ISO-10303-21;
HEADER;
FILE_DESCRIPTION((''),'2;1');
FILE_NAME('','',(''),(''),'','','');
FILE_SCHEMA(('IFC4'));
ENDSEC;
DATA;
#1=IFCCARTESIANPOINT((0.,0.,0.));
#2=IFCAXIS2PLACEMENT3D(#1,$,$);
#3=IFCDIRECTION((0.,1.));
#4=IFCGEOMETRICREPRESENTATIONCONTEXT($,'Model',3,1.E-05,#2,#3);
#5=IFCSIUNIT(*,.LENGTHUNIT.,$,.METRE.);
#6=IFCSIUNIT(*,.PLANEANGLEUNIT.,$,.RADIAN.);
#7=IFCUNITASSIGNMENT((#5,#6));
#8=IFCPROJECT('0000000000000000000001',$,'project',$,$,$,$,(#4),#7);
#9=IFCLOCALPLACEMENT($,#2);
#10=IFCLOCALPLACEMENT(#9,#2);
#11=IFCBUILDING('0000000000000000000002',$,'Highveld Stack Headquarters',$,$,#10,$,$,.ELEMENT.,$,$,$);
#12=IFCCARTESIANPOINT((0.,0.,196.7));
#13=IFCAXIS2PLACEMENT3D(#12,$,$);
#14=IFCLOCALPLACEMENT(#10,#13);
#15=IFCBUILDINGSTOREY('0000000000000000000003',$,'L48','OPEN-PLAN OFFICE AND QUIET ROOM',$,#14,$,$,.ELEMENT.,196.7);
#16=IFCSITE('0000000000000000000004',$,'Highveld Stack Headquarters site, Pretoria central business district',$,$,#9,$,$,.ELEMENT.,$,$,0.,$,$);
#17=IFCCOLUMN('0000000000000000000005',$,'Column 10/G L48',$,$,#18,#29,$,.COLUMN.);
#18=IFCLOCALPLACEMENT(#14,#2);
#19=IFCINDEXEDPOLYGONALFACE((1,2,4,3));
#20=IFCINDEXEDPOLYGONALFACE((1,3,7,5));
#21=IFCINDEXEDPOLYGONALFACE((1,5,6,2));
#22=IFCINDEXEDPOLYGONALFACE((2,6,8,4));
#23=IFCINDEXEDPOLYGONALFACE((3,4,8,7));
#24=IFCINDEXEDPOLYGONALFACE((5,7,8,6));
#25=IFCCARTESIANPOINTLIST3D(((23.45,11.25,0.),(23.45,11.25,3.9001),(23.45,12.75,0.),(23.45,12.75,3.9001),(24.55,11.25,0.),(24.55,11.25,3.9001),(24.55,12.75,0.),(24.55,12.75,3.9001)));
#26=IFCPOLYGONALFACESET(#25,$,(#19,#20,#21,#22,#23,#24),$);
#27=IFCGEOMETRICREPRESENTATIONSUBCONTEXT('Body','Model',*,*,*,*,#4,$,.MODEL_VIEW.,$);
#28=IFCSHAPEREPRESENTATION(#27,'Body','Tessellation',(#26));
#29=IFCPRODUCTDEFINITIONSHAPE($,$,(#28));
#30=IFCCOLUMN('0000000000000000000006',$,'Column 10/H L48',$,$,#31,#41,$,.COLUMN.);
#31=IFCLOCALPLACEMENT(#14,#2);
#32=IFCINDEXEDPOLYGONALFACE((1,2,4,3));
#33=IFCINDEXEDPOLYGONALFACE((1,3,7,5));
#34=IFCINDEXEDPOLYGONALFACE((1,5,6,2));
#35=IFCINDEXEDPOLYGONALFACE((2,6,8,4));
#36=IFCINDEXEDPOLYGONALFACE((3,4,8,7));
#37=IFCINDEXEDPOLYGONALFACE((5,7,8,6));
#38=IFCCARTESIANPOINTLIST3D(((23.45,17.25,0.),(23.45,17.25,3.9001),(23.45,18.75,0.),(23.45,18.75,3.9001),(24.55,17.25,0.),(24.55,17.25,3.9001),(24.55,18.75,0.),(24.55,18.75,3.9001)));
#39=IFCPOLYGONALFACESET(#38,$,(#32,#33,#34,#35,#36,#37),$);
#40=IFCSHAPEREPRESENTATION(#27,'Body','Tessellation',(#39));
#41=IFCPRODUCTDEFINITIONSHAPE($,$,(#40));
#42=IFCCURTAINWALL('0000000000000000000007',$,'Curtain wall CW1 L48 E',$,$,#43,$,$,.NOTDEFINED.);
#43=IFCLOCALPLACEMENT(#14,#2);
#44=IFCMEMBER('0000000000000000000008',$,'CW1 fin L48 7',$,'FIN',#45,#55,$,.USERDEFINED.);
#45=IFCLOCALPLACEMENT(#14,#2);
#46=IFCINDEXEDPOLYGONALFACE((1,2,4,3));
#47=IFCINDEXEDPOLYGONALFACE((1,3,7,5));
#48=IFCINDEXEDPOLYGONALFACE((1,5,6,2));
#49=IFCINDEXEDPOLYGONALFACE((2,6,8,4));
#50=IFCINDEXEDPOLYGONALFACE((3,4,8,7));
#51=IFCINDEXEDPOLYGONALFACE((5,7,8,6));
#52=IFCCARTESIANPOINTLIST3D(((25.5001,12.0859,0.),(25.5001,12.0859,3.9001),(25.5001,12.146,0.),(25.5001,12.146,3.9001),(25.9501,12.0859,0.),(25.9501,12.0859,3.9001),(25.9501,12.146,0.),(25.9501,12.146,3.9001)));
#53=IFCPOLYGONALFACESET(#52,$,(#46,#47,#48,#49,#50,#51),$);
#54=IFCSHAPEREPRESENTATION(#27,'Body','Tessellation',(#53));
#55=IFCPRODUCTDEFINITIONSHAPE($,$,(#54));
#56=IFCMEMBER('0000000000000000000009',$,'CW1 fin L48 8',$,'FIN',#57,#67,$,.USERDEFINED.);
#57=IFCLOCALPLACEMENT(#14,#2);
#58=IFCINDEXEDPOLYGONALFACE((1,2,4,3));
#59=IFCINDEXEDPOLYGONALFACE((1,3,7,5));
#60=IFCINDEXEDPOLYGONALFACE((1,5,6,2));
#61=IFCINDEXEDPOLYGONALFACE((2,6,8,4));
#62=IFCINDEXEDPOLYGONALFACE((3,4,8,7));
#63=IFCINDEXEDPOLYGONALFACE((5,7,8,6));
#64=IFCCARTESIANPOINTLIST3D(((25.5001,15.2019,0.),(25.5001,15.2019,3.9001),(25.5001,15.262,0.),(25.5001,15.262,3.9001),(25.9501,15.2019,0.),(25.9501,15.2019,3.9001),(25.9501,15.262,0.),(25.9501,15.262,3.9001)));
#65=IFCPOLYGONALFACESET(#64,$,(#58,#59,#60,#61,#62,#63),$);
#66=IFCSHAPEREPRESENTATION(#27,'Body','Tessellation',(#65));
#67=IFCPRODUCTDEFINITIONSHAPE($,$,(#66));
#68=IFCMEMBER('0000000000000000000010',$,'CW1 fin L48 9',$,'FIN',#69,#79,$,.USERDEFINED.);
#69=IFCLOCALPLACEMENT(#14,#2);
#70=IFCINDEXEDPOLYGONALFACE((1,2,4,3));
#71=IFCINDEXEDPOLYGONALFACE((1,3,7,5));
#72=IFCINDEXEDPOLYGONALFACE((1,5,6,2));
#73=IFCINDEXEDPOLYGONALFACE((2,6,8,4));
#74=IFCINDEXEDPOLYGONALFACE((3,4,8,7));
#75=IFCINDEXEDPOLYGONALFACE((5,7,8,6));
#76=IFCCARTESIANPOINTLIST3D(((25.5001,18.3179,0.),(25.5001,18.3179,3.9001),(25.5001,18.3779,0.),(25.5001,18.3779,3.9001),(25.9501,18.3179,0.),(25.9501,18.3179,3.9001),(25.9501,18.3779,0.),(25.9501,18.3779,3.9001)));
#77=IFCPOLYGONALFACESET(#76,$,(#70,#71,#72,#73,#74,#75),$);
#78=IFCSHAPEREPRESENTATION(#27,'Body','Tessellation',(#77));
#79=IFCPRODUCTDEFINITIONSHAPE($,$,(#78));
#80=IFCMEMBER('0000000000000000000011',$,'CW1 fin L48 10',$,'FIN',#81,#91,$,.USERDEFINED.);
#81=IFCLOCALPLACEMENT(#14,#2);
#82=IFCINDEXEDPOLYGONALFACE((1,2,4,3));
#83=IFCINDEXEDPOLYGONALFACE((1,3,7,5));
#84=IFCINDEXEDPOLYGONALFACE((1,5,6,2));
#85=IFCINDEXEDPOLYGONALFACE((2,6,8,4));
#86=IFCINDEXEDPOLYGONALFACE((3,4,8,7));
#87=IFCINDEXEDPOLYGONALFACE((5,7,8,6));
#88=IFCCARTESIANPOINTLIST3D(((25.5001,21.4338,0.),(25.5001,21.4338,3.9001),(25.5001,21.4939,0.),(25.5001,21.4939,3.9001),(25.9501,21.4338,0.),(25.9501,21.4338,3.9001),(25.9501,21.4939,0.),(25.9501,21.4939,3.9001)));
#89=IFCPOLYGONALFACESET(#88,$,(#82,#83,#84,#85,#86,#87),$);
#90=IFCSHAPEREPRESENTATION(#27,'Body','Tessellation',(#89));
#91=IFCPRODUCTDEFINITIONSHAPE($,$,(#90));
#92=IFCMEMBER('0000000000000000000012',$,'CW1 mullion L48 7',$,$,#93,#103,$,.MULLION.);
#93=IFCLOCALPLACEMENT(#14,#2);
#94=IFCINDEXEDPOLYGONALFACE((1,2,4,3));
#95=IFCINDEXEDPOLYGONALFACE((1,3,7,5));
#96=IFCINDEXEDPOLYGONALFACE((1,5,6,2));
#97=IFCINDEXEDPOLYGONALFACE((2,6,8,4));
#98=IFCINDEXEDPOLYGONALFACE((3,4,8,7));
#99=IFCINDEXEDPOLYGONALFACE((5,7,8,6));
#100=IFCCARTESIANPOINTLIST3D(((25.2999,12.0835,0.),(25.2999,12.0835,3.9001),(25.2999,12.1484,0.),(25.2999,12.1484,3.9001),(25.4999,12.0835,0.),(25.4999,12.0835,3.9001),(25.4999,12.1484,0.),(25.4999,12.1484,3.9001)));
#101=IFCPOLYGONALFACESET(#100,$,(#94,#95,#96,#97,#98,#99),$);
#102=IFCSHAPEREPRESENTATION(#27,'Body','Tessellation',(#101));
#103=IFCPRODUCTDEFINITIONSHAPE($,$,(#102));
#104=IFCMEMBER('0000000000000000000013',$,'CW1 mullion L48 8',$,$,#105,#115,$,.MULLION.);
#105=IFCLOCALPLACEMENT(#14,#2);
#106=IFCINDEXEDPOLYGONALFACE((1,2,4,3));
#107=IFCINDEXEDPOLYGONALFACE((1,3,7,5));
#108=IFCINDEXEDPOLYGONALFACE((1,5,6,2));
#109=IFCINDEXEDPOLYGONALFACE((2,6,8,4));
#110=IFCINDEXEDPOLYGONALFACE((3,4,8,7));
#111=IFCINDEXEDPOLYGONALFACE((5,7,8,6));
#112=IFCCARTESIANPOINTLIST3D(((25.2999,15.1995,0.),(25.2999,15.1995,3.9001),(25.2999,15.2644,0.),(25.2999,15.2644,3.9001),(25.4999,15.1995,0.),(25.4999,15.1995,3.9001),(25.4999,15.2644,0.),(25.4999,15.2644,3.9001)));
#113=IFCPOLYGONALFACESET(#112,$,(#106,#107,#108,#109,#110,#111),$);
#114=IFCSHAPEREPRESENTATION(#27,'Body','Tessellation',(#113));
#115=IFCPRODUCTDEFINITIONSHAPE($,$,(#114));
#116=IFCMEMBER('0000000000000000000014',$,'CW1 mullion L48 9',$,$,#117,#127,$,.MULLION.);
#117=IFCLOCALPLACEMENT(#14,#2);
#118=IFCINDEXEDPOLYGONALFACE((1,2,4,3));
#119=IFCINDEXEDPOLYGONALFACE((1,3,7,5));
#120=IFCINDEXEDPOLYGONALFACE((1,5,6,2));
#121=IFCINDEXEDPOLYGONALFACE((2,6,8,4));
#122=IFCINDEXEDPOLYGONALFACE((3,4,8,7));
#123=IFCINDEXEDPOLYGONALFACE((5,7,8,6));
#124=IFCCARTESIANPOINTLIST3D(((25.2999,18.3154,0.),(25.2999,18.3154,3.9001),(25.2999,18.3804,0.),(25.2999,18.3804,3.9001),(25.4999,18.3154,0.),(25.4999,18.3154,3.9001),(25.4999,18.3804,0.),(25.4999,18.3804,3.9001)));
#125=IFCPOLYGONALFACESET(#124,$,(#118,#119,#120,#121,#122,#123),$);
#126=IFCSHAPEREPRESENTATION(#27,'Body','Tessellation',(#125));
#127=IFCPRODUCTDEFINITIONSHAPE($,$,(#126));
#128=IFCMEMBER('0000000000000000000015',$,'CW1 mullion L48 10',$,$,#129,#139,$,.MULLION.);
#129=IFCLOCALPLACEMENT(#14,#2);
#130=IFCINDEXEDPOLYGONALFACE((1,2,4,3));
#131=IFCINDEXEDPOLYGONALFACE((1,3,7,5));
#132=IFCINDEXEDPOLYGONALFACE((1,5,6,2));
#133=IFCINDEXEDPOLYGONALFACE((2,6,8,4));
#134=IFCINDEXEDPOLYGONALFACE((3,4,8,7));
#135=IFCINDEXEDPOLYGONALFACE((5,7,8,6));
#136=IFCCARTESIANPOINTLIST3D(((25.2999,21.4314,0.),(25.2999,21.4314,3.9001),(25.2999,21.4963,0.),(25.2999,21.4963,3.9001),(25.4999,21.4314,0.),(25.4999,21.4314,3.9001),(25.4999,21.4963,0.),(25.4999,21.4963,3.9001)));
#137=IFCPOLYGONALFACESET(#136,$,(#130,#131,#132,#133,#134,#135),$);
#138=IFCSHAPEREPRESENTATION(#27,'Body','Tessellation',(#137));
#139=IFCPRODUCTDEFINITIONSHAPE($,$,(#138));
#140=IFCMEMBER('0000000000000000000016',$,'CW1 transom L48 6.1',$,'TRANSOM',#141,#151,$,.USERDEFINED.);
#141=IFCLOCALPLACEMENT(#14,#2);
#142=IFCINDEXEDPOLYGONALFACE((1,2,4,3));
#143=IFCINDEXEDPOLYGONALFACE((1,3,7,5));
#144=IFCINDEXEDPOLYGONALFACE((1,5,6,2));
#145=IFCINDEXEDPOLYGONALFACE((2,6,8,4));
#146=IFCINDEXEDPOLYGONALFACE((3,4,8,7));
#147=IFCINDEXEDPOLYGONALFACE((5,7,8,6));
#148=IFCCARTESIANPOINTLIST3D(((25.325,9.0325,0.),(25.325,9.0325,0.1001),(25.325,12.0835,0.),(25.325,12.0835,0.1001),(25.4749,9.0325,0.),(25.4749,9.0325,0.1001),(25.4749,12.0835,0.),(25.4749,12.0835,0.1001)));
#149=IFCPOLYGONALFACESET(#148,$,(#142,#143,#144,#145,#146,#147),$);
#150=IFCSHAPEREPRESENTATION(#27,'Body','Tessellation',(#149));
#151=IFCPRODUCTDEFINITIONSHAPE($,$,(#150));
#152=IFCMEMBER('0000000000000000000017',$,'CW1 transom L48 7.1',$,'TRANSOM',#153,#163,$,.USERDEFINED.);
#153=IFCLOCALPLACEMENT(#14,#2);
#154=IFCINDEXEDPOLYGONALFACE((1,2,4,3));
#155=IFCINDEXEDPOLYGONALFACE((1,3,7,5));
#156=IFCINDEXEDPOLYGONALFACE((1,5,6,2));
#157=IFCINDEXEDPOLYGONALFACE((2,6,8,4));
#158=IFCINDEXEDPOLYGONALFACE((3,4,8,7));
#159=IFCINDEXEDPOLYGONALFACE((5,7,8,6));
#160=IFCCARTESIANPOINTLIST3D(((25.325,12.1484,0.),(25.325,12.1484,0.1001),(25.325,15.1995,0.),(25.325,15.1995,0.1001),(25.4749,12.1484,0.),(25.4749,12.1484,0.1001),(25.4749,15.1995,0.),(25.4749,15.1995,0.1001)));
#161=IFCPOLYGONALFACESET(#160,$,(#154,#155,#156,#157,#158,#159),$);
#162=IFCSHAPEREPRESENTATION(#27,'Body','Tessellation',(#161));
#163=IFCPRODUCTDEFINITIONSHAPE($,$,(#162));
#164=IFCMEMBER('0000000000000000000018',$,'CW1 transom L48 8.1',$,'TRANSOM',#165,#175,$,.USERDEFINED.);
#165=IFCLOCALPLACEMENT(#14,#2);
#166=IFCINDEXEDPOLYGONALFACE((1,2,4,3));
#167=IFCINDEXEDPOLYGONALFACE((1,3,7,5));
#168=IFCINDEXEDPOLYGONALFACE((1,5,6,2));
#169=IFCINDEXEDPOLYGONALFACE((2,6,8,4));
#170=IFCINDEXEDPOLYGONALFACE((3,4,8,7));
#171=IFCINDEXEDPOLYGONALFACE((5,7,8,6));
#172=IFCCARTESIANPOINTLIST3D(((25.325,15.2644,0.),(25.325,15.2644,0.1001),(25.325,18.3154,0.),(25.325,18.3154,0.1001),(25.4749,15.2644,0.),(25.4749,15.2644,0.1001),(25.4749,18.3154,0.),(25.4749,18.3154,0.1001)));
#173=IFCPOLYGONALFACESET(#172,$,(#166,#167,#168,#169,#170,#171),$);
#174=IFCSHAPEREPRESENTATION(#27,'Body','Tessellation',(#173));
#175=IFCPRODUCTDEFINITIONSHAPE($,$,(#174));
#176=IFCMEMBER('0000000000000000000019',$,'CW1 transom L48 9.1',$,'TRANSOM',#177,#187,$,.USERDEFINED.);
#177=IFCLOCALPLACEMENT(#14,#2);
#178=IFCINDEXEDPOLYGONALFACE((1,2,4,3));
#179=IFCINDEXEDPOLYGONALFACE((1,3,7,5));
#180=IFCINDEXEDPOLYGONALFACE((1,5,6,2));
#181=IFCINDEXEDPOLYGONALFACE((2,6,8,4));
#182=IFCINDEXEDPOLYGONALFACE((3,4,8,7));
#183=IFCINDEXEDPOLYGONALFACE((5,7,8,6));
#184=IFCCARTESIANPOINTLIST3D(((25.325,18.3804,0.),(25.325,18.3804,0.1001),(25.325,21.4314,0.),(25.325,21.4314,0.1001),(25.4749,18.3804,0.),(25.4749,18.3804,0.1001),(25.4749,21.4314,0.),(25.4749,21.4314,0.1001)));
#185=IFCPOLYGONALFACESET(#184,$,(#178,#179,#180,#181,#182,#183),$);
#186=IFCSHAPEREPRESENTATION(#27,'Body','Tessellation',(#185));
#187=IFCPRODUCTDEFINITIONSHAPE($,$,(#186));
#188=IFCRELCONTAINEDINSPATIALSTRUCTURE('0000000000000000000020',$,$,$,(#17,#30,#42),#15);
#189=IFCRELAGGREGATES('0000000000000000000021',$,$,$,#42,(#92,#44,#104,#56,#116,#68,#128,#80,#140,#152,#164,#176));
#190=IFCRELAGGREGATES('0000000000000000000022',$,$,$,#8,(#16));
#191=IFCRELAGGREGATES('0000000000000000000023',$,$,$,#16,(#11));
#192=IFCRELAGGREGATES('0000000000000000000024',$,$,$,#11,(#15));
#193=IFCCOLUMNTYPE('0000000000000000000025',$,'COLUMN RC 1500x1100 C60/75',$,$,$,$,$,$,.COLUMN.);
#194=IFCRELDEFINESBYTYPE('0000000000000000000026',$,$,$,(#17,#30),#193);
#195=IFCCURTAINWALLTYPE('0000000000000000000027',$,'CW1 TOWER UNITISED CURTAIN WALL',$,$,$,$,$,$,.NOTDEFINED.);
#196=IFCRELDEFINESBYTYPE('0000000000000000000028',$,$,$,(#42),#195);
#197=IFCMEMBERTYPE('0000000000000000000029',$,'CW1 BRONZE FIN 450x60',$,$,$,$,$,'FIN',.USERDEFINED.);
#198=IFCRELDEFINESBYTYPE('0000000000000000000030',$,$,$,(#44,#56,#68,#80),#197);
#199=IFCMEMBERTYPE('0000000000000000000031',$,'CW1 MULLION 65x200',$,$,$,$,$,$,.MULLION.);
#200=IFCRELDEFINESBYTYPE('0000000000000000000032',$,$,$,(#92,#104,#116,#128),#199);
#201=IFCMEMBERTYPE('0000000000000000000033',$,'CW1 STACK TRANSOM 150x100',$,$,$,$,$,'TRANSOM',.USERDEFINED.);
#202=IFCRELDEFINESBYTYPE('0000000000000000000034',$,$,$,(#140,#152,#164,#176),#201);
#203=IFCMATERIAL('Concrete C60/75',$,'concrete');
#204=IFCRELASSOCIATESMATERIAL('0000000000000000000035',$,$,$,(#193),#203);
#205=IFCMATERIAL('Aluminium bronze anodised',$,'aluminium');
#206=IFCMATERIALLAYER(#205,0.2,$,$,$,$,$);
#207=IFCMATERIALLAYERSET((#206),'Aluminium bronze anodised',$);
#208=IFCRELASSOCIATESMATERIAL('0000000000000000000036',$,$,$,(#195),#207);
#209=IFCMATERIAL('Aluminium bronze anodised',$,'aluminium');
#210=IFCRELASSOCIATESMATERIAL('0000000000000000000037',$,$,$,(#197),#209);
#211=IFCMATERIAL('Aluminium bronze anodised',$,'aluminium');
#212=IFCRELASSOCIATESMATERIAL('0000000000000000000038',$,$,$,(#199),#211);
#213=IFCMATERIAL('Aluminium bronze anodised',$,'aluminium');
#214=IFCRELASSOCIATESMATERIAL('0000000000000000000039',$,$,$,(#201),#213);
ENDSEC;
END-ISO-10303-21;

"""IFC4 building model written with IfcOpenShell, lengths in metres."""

from ifc_helpers import new_model, si_unit, direction, frame, origin, origin_2d, place, context, subcontext, project, spatial, rectangle, extrude, material, layer, layer_set, material_profile, profile_set, type_object, element, aggregate, save


model = new_model("IFC4")

# Units and contexts
model_context = context("Model", 3, precision=1e-05, world=origin(), true_north=direction((0.0, 1.0)))
body_context = subcontext(model_context, "Body", "Model", "MODEL_VIEW")
ifc_project = project(units=[si_unit("LENGTHUNIT", "METRE"), si_unit("PLANEANGLEUNIT", "RADIAN")], contexts=[model_context])

# Site, building, storey
site_placement = place(None, origin())
site = spatial("IfcSite", under=ifc_project, at=site_placement, Name="Highveld Stack Headquarters site, Pretoria central business district", CompositionType="ELEMENT", RefElevation=0.0)
building_placement = place(site_placement, origin())
building = spatial("IfcBuilding", under=site, at=building_placement, Name="Highveld Stack Headquarters", CompositionType="ELEMENT")
storey_placement = place(building_placement, frame((0.0, 0.0, 196.7)))
storey = spatial("IfcBuildingStorey", under=building, at=storey_placement, Name="L48", Description="OPEN-PLAN OFFICE AND QUIET ROOM", CompositionType="ELEMENT", Elevation=196.7)

# Columns
ifc_material_1 = material(Name="Concrete C60/75", Category="concrete")
ifc_material_profile_1 = material_profile(ifc_material_1, rectangle(XDim=1.5, YDim=1.1001, at=origin_2d()), Name="RC 1500x1100")
ifc_profile_set_1 = profile_set([ifc_material_profile_1], Name="Concrete C60/75")
column_type = type_object("IfcColumnType", Name="COLUMN RC 1500x1100 C60/75", PredefinedType="COLUMN", material=ifc_profile_set_1)
for number, where, z_axis, x_axis, name in (
    (1, (24.0, 12.0, 0.0), (0.0, 0.0, 1.0), (0.0, 1.0, 0.0), "Column 10/G L48"),
    (2, (24.0, 18.0, 0.0), (0.0, 0.0, 1.0), (0.0, 1.0, 0.0), "Column 10/H L48"),
):
    element("IfcColumn", number, at=place(storey_placement, frame(where, z_axis=z_axis, x_axis=x_axis)), inside=storey, type_object=column_type, Name=name, PredefinedType="COLUMN", context=body_context, shape_type="SweptSolid", body=[
        extrude(rectangle(XDim=1.5, YDim=1.1001, at=origin_2d()), origin(), (0.0, 0.0, 1.0), 3.9001),
    ])

# Curtain wall, members
ifc_material_2 = material(Name="Aluminium bronze anodised", Category="aluminium")
ifc_layer_1 = layer(ifc_material_2, 0.2)
ifc_layer_set_1 = layer_set([ifc_layer_1], Name="Aluminium bronze anodised")
curtain_wall_type = type_object("IfcCurtainWallType", Name="CW1 TOWER UNITISED CURTAIN WALL", PredefinedType="NOTDEFINED", material=ifc_layer_set_1)
curtain_wall_placement = place(storey_placement, origin())
curtain_wall = element("IfcCurtainWall", 3, at=curtain_wall_placement, inside=storey, type_object=curtain_wall_type, Name="Curtain wall CW1 L48 E", PredefinedType="NOTDEFINED")
ifc_material_3 = material(Name="Aluminium bronze anodised", Category="aluminium")
ifc_material_profile_2 = material_profile(ifc_material_3, rectangle(XDim=0.45, YDim=0.0601, at=origin_2d()), Name="FIN 450x60")
ifc_profile_set_2 = profile_set([ifc_material_profile_2], Name="Aluminium bronze anodised")
member_type_1 = type_object("IfcMemberType", Name="CW1 BRONZE FIN 450x60", ElementType="FIN", PredefinedType="USERDEFINED", material=ifc_profile_set_2)
member_1_placement = place(storey_placement, frame((25.7251, 12.116, 0.0), z_axis=(0.0, 0.0, 1.0), x_axis=(-1.0, 0.0, 0.0)))
member_1 = element("IfcMember", 4, at=member_1_placement, type_object=member_type_1, Name="CW1 fin L48 7", ObjectType="FIN", PredefinedType="USERDEFINED", context=body_context, shape_type="SweptSolid", body=[
    extrude(rectangle(XDim=0.45, YDim=0.0601, at=origin_2d()), origin(), (0.0, 0.0, 1.0), 3.9001),
])
member_2_placement = place(storey_placement, frame((25.7251, 15.2319, 0.0), z_axis=(0.0, 0.0, 1.0), x_axis=(-1.0, 0.0, 0.0)))
member_2 = element("IfcMember", 5, at=member_2_placement, type_object=member_type_1, Name="CW1 fin L48 8", ObjectType="FIN", PredefinedType="USERDEFINED", context=body_context, shape_type="SweptSolid", body=[
    extrude(rectangle(XDim=0.45, YDim=0.0601, at=origin_2d()), origin(), (0.0, 0.0, 1.0), 3.9001),
])
member_3_placement = place(storey_placement, frame((25.7251, 18.3479, 0.0), z_axis=(0.0, 0.0, 1.0), x_axis=(-1.0, 0.0, 0.0)))
member_3 = element("IfcMember", 6, at=member_3_placement, type_object=member_type_1, Name="CW1 fin L48 9", ObjectType="FIN", PredefinedType="USERDEFINED", context=body_context, shape_type="SweptSolid", body=[
    extrude(rectangle(XDim=0.45, YDim=0.0601, at=origin_2d()), origin(), (0.0, 0.0, 1.0), 3.9001),
])
member_4_placement = place(storey_placement, frame((25.7251, 21.4639, 0.0), z_axis=(0.0, 0.0, 1.0), x_axis=(-1.0, 0.0, 0.0)))
member_4 = element("IfcMember", 7, at=member_4_placement, type_object=member_type_1, Name="CW1 fin L48 10", ObjectType="FIN", PredefinedType="USERDEFINED", context=body_context, shape_type="SweptSolid", body=[
    extrude(rectangle(XDim=0.45, YDim=0.0601, at=origin_2d()), origin(), (0.0, 0.0, 1.0), 3.9001),
])
ifc_material_4 = material(Name="Aluminium bronze anodised", Category="aluminium")
ifc_material_profile_3 = material_profile(ifc_material_4, rectangle(XDim=0.2, YDim=0.0649, at=origin_2d()), Name="CW1 MULLION 65x200")
ifc_profile_set_3 = profile_set([ifc_material_profile_3], Name="Aluminium bronze anodised")
member_type_2 = type_object("IfcMemberType", Name="CW1 MULLION 65x200", PredefinedType="MULLION", material=ifc_profile_set_3)
member_5_placement = place(storey_placement, frame((25.3999, 12.116, 0.0), z_axis=(0.0, 0.0, 1.0), x_axis=(-1.0, 0.0, 0.0)))
member_5 = element("IfcMember", 8, at=member_5_placement, type_object=member_type_2, Name="CW1 mullion L48 7", PredefinedType="MULLION", context=body_context, shape_type="SweptSolid", body=[
    extrude(rectangle(XDim=0.2, YDim=0.0649, at=origin_2d()), origin(), (0.0, 0.0, 1.0), 3.9001),
])
member_6_placement = place(storey_placement, frame((25.3999, 15.2319, 0.0), z_axis=(0.0, 0.0, 1.0), x_axis=(-1.0, 0.0, 0.0)))
member_6 = element("IfcMember", 9, at=member_6_placement, type_object=member_type_2, Name="CW1 mullion L48 8", PredefinedType="MULLION", context=body_context, shape_type="SweptSolid", body=[
    extrude(rectangle(XDim=0.2, YDim=0.0649, at=origin_2d()), origin(), (0.0, 0.0, 1.0), 3.9001),
])
member_7_placement = place(storey_placement, frame((25.3999, 18.3479, 0.0), z_axis=(0.0, 0.0, 1.0), x_axis=(-1.0, 0.0, 0.0)))
member_7 = element("IfcMember", 10, at=member_7_placement, type_object=member_type_2, Name="CW1 mullion L48 9", PredefinedType="MULLION", context=body_context, shape_type="SweptSolid", body=[
    extrude(rectangle(XDim=0.2, YDim=0.0649, at=origin_2d()), origin(), (0.0, 0.0, 1.0), 3.9001),
])
member_8_placement = place(storey_placement, frame((25.3999, 21.4639, 0.0), z_axis=(0.0, 0.0, 1.0), x_axis=(-1.0, 0.0, 0.0)))
member_8 = element("IfcMember", 11, at=member_8_placement, type_object=member_type_2, Name="CW1 mullion L48 10", PredefinedType="MULLION", context=body_context, shape_type="SweptSolid", body=[
    extrude(rectangle(XDim=0.2, YDim=0.0649, at=origin_2d()), origin(), (0.0, 0.0, 1.0), 3.9001),
])
ifc_material_5 = material(Name="Aluminium bronze anodised", Category="aluminium")
ifc_material_profile_4 = material_profile(ifc_material_5, rectangle(XDim=0.1499, YDim=0.1001, at=origin_2d()), Name="CW1 TRANSOM 150x100")
ifc_profile_set_4 = profile_set([ifc_material_profile_4], Name="Aluminium bronze anodised")
member_type_3 = type_object("IfcMemberType", Name="CW1 STACK TRANSOM 150x100", ElementType="TRANSOM", PredefinedType="USERDEFINED", material=ifc_profile_set_4)
member_9_placement = place(storey_placement, frame((25.3999, 9.0325, 0.05), z_axis=(0.0, 1.0, 0.0), x_axis=(-1.0, 0.0, 0.0)))
member_9 = element("IfcMember", 12, at=member_9_placement, type_object=member_type_3, Name="CW1 transom L48 6.1", ObjectType="TRANSOM", PredefinedType="USERDEFINED", context=body_context, shape_type="SweptSolid", body=[
    extrude(rectangle(XDim=0.1499, YDim=0.1001, at=origin_2d()), origin(), (0.0, 0.0, 1.0), 3.051),
])
member_10_placement = place(storey_placement, frame((25.3999, 12.1484, 0.05), z_axis=(0.0, 1.0, 0.0), x_axis=(-1.0, 0.0, 0.0)))
member_10 = element("IfcMember", 13, at=member_10_placement, type_object=member_type_3, Name="CW1 transom L48 7.1", ObjectType="TRANSOM", PredefinedType="USERDEFINED", context=body_context, shape_type="SweptSolid", body=[
    extrude(rectangle(XDim=0.1499, YDim=0.1001, at=origin_2d()), origin(), (0.0, 0.0, 1.0), 3.051),
])
member_11_placement = place(storey_placement, frame((25.3999, 15.2644, 0.05), z_axis=(0.0, 1.0, 0.0), x_axis=(-1.0, 0.0, 0.0)))
member_11 = element("IfcMember", 14, at=member_11_placement, type_object=member_type_3, Name="CW1 transom L48 8.1", ObjectType="TRANSOM", PredefinedType="USERDEFINED", context=body_context, shape_type="SweptSolid", body=[
    extrude(rectangle(XDim=0.1499, YDim=0.1001, at=origin_2d()), origin(), (0.0, 0.0, 1.0), 3.051),
])
member_12_placement = place(storey_placement, frame((25.3999, 18.3804, 0.05), z_axis=(0.0, 1.0, 0.0), x_axis=(-1.0, 0.0, 0.0)))
member_12 = element("IfcMember", 15, at=member_12_placement, type_object=member_type_3, Name="CW1 transom L48 9.1", ObjectType="TRANSOM", PredefinedType="USERDEFINED", context=body_context, shape_type="SweptSolid", body=[
    extrude(rectangle(XDim=0.1499, YDim=0.1001, at=origin_2d()), origin(), (0.0, 0.0, 1.0), 3.051),
])
aggregate(curtain_wall, [member_5, member_1, member_6, member_2, member_7, member_3, member_8, member_4, member_9, member_10, member_11, member_12])

save(model, "model.ifc")
